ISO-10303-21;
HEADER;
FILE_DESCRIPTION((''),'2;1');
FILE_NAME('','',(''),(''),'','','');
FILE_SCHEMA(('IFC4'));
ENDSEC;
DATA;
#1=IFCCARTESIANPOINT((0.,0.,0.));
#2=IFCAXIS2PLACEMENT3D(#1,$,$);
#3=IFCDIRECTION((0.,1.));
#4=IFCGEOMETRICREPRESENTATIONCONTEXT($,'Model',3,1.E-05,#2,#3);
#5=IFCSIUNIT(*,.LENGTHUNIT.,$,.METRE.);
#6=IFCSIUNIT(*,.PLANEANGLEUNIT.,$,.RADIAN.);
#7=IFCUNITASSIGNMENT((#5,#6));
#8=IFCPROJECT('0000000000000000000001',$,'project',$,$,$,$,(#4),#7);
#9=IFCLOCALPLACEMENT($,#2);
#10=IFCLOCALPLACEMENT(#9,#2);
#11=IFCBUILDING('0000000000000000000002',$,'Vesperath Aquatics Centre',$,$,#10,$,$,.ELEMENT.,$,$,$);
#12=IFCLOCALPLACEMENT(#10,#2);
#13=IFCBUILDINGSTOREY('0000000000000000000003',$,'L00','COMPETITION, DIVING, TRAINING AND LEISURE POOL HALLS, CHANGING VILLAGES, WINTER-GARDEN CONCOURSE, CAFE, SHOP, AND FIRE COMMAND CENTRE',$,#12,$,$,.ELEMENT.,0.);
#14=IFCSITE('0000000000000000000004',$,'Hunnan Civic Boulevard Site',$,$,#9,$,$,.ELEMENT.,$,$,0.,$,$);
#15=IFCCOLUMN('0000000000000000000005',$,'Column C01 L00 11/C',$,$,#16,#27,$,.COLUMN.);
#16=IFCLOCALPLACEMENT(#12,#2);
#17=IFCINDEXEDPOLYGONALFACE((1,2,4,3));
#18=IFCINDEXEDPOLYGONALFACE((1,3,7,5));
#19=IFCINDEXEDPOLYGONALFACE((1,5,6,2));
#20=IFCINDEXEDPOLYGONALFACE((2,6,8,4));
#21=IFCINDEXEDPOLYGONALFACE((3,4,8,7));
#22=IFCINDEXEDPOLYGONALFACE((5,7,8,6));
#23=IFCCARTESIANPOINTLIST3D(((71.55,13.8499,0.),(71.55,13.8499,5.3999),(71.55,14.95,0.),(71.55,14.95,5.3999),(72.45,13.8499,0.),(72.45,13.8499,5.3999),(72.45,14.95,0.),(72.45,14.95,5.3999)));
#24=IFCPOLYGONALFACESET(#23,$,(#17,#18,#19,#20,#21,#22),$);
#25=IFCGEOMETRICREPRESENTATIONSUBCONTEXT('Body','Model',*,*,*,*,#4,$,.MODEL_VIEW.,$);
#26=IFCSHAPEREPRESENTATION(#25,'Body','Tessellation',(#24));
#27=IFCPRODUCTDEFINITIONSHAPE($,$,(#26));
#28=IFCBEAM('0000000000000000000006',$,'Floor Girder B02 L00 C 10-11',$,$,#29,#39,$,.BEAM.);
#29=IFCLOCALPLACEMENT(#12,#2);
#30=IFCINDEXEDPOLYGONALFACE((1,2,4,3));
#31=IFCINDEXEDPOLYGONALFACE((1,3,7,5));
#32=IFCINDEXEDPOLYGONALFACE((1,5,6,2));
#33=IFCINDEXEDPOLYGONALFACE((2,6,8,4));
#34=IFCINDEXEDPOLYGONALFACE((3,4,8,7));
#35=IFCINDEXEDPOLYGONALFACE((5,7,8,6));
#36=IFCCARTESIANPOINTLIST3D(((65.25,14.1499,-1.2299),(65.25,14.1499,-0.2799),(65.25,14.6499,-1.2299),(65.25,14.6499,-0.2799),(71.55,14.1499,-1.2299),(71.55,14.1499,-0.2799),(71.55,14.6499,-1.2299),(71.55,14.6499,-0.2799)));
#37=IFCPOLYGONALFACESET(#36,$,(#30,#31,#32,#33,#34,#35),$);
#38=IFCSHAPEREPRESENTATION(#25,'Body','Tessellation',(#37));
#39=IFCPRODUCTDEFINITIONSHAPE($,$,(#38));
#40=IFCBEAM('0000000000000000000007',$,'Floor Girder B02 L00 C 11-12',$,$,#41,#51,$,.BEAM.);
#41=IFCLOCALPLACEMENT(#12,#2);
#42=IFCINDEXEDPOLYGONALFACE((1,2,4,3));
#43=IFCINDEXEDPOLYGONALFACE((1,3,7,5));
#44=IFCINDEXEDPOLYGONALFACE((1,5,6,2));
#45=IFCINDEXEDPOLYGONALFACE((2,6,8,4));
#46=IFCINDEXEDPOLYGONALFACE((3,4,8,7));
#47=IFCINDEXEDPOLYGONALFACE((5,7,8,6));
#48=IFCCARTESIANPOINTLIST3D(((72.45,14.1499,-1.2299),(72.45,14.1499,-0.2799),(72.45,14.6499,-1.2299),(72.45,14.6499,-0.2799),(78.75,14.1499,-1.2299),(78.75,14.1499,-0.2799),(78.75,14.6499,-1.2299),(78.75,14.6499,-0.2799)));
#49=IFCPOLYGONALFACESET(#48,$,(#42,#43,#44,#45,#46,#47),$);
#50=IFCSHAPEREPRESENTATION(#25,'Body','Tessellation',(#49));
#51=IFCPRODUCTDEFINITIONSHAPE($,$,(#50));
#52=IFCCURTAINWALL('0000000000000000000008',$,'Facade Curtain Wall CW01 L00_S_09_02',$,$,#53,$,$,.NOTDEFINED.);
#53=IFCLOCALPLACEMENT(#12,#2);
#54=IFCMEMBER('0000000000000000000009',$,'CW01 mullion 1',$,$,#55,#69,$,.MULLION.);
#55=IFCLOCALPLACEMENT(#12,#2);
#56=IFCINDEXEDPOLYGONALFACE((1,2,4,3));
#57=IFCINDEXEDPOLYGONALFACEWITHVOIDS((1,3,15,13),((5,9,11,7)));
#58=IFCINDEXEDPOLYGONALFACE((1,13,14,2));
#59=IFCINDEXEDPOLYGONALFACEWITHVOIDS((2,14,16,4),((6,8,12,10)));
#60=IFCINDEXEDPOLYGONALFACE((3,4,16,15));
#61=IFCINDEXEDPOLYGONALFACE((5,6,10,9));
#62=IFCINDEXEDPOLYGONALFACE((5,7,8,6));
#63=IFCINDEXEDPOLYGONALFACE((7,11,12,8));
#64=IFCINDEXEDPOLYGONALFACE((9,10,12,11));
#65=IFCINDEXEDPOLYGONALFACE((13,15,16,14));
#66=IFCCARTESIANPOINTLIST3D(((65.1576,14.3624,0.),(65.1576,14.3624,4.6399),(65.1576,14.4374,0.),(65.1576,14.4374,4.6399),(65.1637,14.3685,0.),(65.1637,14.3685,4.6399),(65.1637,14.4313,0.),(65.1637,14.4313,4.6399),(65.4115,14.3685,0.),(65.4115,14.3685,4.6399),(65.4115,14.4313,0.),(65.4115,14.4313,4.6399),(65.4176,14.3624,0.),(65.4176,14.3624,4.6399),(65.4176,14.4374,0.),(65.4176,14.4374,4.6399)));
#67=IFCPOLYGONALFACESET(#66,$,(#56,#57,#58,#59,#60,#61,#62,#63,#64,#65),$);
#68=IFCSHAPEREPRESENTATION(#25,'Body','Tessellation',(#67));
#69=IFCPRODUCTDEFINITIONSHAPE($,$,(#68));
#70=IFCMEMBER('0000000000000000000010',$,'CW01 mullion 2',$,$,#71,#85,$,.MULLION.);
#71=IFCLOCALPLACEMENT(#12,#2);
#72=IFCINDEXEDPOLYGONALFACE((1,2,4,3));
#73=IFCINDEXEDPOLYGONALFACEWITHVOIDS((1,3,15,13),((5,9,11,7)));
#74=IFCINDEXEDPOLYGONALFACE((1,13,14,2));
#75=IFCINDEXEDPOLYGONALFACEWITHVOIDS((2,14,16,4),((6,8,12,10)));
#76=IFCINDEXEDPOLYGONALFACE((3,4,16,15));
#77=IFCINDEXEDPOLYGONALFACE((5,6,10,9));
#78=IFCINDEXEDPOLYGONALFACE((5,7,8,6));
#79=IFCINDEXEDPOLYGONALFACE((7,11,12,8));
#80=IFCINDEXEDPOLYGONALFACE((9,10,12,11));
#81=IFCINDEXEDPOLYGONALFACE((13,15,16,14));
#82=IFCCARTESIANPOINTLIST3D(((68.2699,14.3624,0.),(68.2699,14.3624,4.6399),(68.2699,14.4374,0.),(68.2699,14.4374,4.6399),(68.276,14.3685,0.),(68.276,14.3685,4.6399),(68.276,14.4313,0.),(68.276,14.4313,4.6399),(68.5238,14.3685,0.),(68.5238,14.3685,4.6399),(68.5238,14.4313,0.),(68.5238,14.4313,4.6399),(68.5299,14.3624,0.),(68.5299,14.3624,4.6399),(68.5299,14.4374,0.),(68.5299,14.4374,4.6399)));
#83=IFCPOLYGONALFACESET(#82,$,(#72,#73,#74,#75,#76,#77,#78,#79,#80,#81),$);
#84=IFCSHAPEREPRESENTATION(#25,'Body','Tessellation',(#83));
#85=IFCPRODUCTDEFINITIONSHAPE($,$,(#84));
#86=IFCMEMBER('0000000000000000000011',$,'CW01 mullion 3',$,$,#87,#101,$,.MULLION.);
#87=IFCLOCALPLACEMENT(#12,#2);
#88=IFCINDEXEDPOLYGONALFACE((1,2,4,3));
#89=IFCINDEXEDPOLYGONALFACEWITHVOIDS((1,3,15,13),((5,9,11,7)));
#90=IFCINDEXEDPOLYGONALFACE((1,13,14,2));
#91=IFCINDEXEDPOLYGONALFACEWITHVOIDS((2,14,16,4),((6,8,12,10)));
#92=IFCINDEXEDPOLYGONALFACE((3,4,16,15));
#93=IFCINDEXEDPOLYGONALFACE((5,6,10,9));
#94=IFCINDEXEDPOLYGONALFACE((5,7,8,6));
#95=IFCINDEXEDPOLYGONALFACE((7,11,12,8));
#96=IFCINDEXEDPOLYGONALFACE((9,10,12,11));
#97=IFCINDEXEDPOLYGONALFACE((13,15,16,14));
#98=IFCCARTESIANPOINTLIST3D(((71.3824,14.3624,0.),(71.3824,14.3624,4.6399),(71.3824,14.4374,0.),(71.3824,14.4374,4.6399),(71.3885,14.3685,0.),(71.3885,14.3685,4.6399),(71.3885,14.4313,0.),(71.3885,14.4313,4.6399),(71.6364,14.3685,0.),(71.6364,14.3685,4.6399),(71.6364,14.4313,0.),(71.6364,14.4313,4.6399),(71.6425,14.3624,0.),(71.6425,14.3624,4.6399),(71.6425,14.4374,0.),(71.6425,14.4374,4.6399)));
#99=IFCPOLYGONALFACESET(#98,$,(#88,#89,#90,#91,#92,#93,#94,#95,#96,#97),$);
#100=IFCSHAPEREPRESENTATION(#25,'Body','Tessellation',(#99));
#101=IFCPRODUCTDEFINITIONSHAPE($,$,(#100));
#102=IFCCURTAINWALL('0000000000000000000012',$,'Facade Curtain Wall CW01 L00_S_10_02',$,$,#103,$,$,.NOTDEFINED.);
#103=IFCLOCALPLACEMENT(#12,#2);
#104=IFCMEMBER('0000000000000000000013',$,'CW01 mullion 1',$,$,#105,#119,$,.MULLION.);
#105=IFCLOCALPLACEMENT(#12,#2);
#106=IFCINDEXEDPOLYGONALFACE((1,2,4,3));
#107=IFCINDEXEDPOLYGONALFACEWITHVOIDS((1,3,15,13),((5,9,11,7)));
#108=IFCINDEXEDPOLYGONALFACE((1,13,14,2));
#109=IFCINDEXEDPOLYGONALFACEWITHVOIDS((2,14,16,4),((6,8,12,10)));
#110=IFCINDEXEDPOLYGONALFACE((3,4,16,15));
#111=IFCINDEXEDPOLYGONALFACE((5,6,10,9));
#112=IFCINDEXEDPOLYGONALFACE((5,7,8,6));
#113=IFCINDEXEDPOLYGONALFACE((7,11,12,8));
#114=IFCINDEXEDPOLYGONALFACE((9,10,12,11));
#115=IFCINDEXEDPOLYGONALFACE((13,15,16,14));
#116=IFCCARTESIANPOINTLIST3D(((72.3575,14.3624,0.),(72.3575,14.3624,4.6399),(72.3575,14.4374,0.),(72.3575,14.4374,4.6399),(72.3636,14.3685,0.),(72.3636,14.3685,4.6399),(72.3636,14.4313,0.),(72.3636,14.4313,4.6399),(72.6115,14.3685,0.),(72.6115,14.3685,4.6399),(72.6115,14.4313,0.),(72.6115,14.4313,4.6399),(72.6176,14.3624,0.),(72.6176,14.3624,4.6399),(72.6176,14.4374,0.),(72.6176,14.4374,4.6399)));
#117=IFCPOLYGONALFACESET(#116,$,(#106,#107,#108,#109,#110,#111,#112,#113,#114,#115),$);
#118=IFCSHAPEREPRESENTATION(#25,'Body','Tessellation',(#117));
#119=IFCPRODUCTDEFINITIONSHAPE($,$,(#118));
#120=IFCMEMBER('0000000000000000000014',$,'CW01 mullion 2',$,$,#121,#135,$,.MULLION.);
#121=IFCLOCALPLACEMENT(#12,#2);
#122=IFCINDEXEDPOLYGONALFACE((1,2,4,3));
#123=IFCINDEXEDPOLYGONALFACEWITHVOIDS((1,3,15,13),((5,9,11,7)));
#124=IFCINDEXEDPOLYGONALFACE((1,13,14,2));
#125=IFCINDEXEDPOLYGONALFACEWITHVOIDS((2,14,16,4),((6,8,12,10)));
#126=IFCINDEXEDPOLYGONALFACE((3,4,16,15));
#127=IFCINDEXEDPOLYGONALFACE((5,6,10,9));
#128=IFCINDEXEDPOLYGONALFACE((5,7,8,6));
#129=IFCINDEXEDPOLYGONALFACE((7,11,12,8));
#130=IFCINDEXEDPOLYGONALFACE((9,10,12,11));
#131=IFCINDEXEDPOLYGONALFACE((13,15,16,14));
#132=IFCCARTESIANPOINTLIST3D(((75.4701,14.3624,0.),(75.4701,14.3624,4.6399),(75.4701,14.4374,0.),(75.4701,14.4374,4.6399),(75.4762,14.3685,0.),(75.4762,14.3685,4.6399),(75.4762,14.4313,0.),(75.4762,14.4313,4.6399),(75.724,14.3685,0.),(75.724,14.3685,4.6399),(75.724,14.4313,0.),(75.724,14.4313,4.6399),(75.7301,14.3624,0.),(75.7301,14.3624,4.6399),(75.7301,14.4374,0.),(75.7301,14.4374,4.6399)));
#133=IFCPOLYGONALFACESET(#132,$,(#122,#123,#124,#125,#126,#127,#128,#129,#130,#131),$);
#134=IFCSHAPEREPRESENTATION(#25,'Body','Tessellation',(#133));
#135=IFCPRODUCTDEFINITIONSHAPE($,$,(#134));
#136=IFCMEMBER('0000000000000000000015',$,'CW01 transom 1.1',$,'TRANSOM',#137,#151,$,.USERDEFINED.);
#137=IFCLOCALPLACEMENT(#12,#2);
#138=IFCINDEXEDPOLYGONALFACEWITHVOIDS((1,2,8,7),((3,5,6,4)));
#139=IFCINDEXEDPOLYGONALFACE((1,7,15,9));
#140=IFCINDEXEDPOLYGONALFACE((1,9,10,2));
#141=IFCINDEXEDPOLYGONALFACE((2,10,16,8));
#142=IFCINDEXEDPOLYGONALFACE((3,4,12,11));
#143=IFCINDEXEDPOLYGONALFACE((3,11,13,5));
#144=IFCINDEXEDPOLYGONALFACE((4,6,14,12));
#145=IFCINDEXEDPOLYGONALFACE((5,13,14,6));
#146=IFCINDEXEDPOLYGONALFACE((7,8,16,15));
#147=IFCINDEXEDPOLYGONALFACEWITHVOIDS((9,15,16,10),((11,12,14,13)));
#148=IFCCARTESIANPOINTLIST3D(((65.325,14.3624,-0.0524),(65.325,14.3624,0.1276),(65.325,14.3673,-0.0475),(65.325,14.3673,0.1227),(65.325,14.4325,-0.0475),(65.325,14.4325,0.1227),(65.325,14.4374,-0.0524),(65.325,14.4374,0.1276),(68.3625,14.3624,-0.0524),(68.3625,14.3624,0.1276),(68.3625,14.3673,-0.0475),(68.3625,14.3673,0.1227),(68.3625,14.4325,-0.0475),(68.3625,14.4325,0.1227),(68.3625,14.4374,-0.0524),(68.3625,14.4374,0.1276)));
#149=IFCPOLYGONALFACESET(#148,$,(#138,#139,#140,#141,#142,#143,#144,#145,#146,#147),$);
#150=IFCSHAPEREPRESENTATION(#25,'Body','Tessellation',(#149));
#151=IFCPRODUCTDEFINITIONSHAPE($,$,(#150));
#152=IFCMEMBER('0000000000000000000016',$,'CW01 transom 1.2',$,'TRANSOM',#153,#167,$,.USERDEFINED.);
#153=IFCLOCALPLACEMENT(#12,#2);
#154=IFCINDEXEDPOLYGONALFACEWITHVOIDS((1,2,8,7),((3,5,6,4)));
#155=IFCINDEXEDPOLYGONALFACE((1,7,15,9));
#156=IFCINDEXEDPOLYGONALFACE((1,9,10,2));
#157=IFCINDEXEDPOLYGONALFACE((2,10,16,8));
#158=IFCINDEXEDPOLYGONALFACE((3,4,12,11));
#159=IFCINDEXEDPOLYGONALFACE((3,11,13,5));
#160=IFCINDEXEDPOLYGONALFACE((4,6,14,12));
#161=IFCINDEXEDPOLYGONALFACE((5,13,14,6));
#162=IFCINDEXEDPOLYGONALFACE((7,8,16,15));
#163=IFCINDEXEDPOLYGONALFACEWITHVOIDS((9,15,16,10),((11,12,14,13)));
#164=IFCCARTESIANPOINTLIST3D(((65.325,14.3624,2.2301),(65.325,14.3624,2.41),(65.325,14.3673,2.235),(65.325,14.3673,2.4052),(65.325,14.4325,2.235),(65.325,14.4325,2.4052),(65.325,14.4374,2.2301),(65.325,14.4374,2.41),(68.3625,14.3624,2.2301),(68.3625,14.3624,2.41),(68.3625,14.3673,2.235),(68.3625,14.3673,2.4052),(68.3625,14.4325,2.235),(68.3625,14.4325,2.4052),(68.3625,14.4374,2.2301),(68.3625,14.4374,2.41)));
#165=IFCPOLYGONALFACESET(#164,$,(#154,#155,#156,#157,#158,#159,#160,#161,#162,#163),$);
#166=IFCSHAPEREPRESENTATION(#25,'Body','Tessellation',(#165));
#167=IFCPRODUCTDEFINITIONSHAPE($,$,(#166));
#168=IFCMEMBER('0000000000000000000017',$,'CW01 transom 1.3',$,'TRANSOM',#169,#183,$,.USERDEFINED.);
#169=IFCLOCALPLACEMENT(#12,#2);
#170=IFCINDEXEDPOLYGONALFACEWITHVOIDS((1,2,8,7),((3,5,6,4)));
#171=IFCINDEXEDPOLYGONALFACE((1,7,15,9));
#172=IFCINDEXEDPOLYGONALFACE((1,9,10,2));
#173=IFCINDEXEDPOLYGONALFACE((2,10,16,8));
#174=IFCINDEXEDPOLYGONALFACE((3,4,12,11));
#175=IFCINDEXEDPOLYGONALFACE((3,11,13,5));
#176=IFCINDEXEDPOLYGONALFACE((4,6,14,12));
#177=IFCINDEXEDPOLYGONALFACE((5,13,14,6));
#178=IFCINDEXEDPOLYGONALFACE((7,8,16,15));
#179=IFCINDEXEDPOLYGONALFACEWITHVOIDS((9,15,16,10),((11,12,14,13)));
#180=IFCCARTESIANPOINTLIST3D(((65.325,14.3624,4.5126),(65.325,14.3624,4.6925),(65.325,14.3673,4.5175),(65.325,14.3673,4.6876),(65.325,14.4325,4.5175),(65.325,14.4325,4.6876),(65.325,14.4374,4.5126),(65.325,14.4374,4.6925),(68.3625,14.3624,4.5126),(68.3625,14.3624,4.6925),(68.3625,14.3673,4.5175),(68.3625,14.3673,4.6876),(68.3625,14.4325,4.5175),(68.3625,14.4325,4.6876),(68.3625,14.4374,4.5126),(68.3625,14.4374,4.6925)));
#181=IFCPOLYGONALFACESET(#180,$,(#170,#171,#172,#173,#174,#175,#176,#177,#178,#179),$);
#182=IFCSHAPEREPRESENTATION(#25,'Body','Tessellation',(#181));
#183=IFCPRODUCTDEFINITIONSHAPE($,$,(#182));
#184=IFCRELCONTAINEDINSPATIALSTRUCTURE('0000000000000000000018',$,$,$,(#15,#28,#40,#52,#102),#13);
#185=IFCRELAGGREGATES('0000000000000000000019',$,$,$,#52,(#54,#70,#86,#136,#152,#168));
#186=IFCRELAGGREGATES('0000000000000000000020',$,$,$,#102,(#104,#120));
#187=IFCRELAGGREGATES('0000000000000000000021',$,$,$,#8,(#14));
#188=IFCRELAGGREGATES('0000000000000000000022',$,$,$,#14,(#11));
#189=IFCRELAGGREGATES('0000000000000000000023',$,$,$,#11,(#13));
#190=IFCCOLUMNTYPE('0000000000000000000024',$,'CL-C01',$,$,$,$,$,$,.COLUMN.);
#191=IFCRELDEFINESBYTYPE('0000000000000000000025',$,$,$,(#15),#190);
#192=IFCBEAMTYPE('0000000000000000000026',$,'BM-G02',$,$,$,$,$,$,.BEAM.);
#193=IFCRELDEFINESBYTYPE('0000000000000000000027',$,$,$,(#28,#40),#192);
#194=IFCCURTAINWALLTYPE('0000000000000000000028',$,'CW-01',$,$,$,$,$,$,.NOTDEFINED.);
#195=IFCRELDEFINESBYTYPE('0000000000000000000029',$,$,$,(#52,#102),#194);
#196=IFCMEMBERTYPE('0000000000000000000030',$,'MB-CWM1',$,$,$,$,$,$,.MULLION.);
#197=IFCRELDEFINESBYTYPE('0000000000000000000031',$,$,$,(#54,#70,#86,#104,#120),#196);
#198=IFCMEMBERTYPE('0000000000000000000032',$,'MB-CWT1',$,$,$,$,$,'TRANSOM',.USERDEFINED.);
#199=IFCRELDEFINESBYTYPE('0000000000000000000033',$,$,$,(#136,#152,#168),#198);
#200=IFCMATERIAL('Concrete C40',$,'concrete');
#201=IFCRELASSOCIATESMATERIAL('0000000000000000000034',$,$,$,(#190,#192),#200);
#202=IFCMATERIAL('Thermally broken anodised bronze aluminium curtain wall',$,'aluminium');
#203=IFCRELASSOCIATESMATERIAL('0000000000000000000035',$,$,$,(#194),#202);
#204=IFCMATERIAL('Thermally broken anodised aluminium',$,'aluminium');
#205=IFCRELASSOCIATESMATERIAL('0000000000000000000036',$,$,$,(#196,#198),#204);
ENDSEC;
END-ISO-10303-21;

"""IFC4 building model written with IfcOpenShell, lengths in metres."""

from ifc_helpers import new_model, si_unit, direction, frame, origin, origin_2d, place, context, subcontext, project, spatial, rectangle, hollow_rectangle, extrude, material, material_profile, profile_set, type_object, element, aggregate, save


model = new_model("IFC4")

# Units and contexts
model_context = context("Model", 3, precision=1e-05, world=origin(), true_north=direction((0.0, 1.0)))
body_context = subcontext(model_context, "Body", "Model", "MODEL_VIEW")
ifc_project = project(units=[si_unit("LENGTHUNIT", "METRE"), si_unit("PLANEANGLEUNIT", "RADIAN")], contexts=[model_context])

# Site, building, storey
site_placement = place(None, origin())
site = spatial("IfcSite", under=ifc_project, at=site_placement, Name="Hunnan Civic Boulevard Site", CompositionType="ELEMENT", RefElevation=0.0)
building_placement = place(site_placement, origin())
building = spatial("IfcBuilding", under=site, at=building_placement, Name="Vesperath Aquatics Centre", CompositionType="ELEMENT")
storey_placement = place(building_placement, origin())
storey = spatial("IfcBuildingStorey", under=building, at=storey_placement, Name="L00", Description="COMPETITION, DIVING, TRAINING AND LEISURE POOL HALLS, CHANGING VILLAGES, WINTER-GARDEN CONCOURSE, CAFE, SHOP, AND FIRE COMMAND CENTRE", CompositionType="ELEMENT", Elevation=0.0)

# Column
ifc_material_1 = material(Name="Concrete C40", Category="concrete")
ifc_material_profile_1 = material_profile(ifc_material_1, rectangle(XDim=0.8999, YDim=1.1001, at=origin_2d()), Name="RC 1100x900")
ifc_profile_set_1 = profile_set([ifc_material_profile_1], Name="Concrete C40")
column_type = type_object("IfcColumnType", Name="CL-C01", PredefinedType="COLUMN", material=ifc_profile_set_1)
column_placement = place(storey_placement, frame((72.0, 14.3999, 0.0), z_axis=(0.0, 0.0, 1.0), x_axis=(1.0, 0.0, 0.0)))
element("IfcColumn", 1, at=column_placement, inside=storey, type_object=column_type, Name="Column C01 L00 11/C", PredefinedType="COLUMN", context=body_context, shape_type="SweptSolid", body=[
    extrude(rectangle(XDim=0.8999, YDim=1.1001, at=origin_2d()), origin(), (0.0, 0.0, 1.0), 5.3999),
])

# Beams
ifc_material_profile_2 = material_profile(ifc_material_1, rectangle(XDim=0.5, YDim=0.95, at=origin_2d()), Name="RC 500x950")
ifc_profile_set_2 = profile_set([ifc_material_profile_2], Name="Concrete C40")
beam_type = type_object("IfcBeamType", Name="BM-G02", PredefinedType="BEAM", material=ifc_profile_set_2)
for number, where, z_axis, x_axis, name in (
    (2, (65.25, 14.3999, -0.7549), (1.0, 0.0, 0.0), (0.0, 1.0, 0.0), "Floor Girder B02 L00 C 10-11"),
    (3, (72.45, 14.3999, -0.7549), (1.0, 0.0, 0.0), (0.0, 1.0, 0.0), "Floor Girder B02 L00 C 11-12"),
):
    element("IfcBeam", number, at=place(storey_placement, frame(where, z_axis=z_axis, x_axis=x_axis)), inside=storey, type_object=beam_type, Name=name, PredefinedType="BEAM", context=body_context, shape_type="SweptSolid", body=[
        extrude(rectangle(XDim=0.5, YDim=0.95, at=origin_2d()), origin(), (0.0, 0.0, 1.0), 6.3),
    ])

# Curtain walls, members
ifc_material_2 = material(Name="Thermally broken anodised bronze aluminium curtain wall", Category="aluminium")
curtain_wall_type = type_object("IfcCurtainWallType", Name="CW-01", PredefinedType="NOTDEFINED", material=ifc_material_2)
curtain_wall_1_placement = place(storey_placement, origin())
curtain_wall_1 = element("IfcCurtainWall", 4, at=curtain_wall_1_placement, inside=storey, type_object=curtain_wall_type, Name="Facade Curtain Wall CW01 L00_S_09_02", PredefinedType="NOTDEFINED")
ifc_material_3 = material(Name="Thermally broken anodised aluminium", Category="aluminium")
ifc_material_profile_3 = material_profile(ifc_material_3, hollow_rectangle(XDim=0.075, YDim=0.26, WallThickness=0.0061, at=origin_2d()), Name="CWM 75x260x6")
ifc_profile_set_3 = profile_set([ifc_material_profile_3], Name="Thermally broken anodised aluminium")
member_type_1 = type_object("IfcMemberType", Name="MB-CWM1", PredefinedType="MULLION", material=ifc_profile_set_3)
member_1_placement = place(storey_placement, frame((65.2876, 14.3999, 0.0), z_axis=(0.0, 0.0, 1.0), x_axis=(0.0, 1.0, 0.0)))
member_1 = element("IfcMember", 5, at=member_1_placement, type_object=member_type_1, Name="CW01 mullion 1", PredefinedType="MULLION", context=body_context, shape_type="SweptSolid", body=[
    extrude(hollow_rectangle(XDim=0.075, YDim=0.26, WallThickness=0.0061, at=origin_2d()), origin(), (0.0, 0.0, 1.0), 4.6399),
])
member_2_placement = place(storey_placement, frame((68.3999, 14.3999, 0.0), z_axis=(0.0, 0.0, 1.0), x_axis=(0.0, 1.0, 0.0)))
member_2 = element("IfcMember", 6, at=member_2_placement, type_object=member_type_1, Name="CW01 mullion 2", PredefinedType="MULLION", context=body_context, shape_type="SweptSolid", body=[
    extrude(hollow_rectangle(XDim=0.075, YDim=0.26, WallThickness=0.0061, at=origin_2d()), origin(), (0.0, 0.0, 1.0), 4.6399),
])
member_3_placement = place(storey_placement, frame((71.5125, 14.3999, 0.0), z_axis=(0.0, 0.0, 1.0), x_axis=(0.0, 1.0, 0.0)))
member_3 = element("IfcMember", 7, at=member_3_placement, type_object=member_type_1, Name="CW01 mullion 3", PredefinedType="MULLION", context=body_context, shape_type="SweptSolid", body=[
    extrude(hollow_rectangle(XDim=0.075, YDim=0.26, WallThickness=0.0061, at=origin_2d()), origin(), (0.0, 0.0, 1.0), 4.6399),
])
curtain_wall_2_placement = place(storey_placement, origin())
curtain_wall_2 = element("IfcCurtainWall", 8, at=curtain_wall_2_placement, inside=storey, type_object=curtain_wall_type, Name="Facade Curtain Wall CW01 L00_S_10_02", PredefinedType="NOTDEFINED")
member_4_placement = place(storey_placement, frame((72.4875, 14.3999, 0.0), z_axis=(0.0, 0.0, 1.0), x_axis=(0.0, 1.0, 0.0)))
member_4 = element("IfcMember", 9, at=member_4_placement, type_object=member_type_1, Name="CW01 mullion 1", PredefinedType="MULLION", context=body_context, shape_type="SweptSolid", body=[
    extrude(hollow_rectangle(XDim=0.075, YDim=0.26, WallThickness=0.0061, at=origin_2d()), origin(), (0.0, 0.0, 1.0), 4.6399),
])
member_5_placement = place(storey_placement, frame((75.6001, 14.3999, 0.0), z_axis=(0.0, 0.0, 1.0), x_axis=(0.0, 1.0, 0.0)))
member_5 = element("IfcMember", 10, at=member_5_placement, type_object=member_type_1, Name="CW01 mullion 2", PredefinedType="MULLION", context=body_context, shape_type="SweptSolid", body=[
    extrude(hollow_rectangle(XDim=0.075, YDim=0.26, WallThickness=0.0061, at=origin_2d()), origin(), (0.0, 0.0, 1.0), 4.6399),
])

# Members
ifc_material_profile_4 = material_profile(ifc_material_3, hollow_rectangle(XDim=0.075, YDim=0.1799, WallThickness=0.0049, at=origin_2d()), Name="CWT 75x180x5")
ifc_profile_set_4 = profile_set([ifc_material_profile_4], Name="Thermally broken anodised aluminium")
member_type_2 = type_object("IfcMemberType", Name="MB-CWT1", ElementType="TRANSOM", PredefinedType="USERDEFINED", material=ifc_profile_set_4)
member_6_placement = place(storey_placement, frame((65.325, 14.3999, 0.0376), z_axis=(1.0, 0.0, 0.0), x_axis=(0.0, 1.0, 0.0)))
member_6 = element("IfcMember", 11, at=member_6_placement, type_object=member_type_2, Name="CW01 transom 1.1", ObjectType="TRANSOM", PredefinedType="USERDEFINED", context=body_context, shape_type="SweptSolid", body=[
    extrude(hollow_rectangle(XDim=0.075, YDim=0.1799, WallThickness=0.0049, at=origin_2d()), origin(), (0.0, 0.0, 1.0), 3.0376),
])
member_7_placement = place(storey_placement, frame((65.325, 14.3999, 2.3201), z_axis=(1.0, 0.0, 0.0), x_axis=(0.0, 1.0, 0.0)))
member_7 = element("IfcMember", 12, at=member_7_placement, type_object=member_type_2, Name="CW01 transom 1.2", ObjectType="TRANSOM", PredefinedType="USERDEFINED", context=body_context, shape_type="SweptSolid", body=[
    extrude(hollow_rectangle(XDim=0.075, YDim=0.1799, WallThickness=0.0049, at=origin_2d()), origin(), (0.0, 0.0, 1.0), 3.0376),
])
member_8_placement = place(storey_placement, frame((65.325, 14.3999, 4.6025), z_axis=(1.0, 0.0, 0.0), x_axis=(0.0, 1.0, 0.0)))
member_8 = element("IfcMember", 13, at=member_8_placement, type_object=member_type_2, Name="CW01 transom 1.3", ObjectType="TRANSOM", PredefinedType="USERDEFINED", context=body_context, shape_type="SweptSolid", body=[
    extrude(hollow_rectangle(XDim=0.075, YDim=0.1799, WallThickness=0.0049, at=origin_2d()), origin(), (0.0, 0.0, 1.0), 3.0376),
])

aggregate(curtain_wall_1, [member_1, member_2, member_3, member_6, member_7, member_8])
aggregate(curtain_wall_2, [member_4, member_5])

save(model, "model.ifc")
